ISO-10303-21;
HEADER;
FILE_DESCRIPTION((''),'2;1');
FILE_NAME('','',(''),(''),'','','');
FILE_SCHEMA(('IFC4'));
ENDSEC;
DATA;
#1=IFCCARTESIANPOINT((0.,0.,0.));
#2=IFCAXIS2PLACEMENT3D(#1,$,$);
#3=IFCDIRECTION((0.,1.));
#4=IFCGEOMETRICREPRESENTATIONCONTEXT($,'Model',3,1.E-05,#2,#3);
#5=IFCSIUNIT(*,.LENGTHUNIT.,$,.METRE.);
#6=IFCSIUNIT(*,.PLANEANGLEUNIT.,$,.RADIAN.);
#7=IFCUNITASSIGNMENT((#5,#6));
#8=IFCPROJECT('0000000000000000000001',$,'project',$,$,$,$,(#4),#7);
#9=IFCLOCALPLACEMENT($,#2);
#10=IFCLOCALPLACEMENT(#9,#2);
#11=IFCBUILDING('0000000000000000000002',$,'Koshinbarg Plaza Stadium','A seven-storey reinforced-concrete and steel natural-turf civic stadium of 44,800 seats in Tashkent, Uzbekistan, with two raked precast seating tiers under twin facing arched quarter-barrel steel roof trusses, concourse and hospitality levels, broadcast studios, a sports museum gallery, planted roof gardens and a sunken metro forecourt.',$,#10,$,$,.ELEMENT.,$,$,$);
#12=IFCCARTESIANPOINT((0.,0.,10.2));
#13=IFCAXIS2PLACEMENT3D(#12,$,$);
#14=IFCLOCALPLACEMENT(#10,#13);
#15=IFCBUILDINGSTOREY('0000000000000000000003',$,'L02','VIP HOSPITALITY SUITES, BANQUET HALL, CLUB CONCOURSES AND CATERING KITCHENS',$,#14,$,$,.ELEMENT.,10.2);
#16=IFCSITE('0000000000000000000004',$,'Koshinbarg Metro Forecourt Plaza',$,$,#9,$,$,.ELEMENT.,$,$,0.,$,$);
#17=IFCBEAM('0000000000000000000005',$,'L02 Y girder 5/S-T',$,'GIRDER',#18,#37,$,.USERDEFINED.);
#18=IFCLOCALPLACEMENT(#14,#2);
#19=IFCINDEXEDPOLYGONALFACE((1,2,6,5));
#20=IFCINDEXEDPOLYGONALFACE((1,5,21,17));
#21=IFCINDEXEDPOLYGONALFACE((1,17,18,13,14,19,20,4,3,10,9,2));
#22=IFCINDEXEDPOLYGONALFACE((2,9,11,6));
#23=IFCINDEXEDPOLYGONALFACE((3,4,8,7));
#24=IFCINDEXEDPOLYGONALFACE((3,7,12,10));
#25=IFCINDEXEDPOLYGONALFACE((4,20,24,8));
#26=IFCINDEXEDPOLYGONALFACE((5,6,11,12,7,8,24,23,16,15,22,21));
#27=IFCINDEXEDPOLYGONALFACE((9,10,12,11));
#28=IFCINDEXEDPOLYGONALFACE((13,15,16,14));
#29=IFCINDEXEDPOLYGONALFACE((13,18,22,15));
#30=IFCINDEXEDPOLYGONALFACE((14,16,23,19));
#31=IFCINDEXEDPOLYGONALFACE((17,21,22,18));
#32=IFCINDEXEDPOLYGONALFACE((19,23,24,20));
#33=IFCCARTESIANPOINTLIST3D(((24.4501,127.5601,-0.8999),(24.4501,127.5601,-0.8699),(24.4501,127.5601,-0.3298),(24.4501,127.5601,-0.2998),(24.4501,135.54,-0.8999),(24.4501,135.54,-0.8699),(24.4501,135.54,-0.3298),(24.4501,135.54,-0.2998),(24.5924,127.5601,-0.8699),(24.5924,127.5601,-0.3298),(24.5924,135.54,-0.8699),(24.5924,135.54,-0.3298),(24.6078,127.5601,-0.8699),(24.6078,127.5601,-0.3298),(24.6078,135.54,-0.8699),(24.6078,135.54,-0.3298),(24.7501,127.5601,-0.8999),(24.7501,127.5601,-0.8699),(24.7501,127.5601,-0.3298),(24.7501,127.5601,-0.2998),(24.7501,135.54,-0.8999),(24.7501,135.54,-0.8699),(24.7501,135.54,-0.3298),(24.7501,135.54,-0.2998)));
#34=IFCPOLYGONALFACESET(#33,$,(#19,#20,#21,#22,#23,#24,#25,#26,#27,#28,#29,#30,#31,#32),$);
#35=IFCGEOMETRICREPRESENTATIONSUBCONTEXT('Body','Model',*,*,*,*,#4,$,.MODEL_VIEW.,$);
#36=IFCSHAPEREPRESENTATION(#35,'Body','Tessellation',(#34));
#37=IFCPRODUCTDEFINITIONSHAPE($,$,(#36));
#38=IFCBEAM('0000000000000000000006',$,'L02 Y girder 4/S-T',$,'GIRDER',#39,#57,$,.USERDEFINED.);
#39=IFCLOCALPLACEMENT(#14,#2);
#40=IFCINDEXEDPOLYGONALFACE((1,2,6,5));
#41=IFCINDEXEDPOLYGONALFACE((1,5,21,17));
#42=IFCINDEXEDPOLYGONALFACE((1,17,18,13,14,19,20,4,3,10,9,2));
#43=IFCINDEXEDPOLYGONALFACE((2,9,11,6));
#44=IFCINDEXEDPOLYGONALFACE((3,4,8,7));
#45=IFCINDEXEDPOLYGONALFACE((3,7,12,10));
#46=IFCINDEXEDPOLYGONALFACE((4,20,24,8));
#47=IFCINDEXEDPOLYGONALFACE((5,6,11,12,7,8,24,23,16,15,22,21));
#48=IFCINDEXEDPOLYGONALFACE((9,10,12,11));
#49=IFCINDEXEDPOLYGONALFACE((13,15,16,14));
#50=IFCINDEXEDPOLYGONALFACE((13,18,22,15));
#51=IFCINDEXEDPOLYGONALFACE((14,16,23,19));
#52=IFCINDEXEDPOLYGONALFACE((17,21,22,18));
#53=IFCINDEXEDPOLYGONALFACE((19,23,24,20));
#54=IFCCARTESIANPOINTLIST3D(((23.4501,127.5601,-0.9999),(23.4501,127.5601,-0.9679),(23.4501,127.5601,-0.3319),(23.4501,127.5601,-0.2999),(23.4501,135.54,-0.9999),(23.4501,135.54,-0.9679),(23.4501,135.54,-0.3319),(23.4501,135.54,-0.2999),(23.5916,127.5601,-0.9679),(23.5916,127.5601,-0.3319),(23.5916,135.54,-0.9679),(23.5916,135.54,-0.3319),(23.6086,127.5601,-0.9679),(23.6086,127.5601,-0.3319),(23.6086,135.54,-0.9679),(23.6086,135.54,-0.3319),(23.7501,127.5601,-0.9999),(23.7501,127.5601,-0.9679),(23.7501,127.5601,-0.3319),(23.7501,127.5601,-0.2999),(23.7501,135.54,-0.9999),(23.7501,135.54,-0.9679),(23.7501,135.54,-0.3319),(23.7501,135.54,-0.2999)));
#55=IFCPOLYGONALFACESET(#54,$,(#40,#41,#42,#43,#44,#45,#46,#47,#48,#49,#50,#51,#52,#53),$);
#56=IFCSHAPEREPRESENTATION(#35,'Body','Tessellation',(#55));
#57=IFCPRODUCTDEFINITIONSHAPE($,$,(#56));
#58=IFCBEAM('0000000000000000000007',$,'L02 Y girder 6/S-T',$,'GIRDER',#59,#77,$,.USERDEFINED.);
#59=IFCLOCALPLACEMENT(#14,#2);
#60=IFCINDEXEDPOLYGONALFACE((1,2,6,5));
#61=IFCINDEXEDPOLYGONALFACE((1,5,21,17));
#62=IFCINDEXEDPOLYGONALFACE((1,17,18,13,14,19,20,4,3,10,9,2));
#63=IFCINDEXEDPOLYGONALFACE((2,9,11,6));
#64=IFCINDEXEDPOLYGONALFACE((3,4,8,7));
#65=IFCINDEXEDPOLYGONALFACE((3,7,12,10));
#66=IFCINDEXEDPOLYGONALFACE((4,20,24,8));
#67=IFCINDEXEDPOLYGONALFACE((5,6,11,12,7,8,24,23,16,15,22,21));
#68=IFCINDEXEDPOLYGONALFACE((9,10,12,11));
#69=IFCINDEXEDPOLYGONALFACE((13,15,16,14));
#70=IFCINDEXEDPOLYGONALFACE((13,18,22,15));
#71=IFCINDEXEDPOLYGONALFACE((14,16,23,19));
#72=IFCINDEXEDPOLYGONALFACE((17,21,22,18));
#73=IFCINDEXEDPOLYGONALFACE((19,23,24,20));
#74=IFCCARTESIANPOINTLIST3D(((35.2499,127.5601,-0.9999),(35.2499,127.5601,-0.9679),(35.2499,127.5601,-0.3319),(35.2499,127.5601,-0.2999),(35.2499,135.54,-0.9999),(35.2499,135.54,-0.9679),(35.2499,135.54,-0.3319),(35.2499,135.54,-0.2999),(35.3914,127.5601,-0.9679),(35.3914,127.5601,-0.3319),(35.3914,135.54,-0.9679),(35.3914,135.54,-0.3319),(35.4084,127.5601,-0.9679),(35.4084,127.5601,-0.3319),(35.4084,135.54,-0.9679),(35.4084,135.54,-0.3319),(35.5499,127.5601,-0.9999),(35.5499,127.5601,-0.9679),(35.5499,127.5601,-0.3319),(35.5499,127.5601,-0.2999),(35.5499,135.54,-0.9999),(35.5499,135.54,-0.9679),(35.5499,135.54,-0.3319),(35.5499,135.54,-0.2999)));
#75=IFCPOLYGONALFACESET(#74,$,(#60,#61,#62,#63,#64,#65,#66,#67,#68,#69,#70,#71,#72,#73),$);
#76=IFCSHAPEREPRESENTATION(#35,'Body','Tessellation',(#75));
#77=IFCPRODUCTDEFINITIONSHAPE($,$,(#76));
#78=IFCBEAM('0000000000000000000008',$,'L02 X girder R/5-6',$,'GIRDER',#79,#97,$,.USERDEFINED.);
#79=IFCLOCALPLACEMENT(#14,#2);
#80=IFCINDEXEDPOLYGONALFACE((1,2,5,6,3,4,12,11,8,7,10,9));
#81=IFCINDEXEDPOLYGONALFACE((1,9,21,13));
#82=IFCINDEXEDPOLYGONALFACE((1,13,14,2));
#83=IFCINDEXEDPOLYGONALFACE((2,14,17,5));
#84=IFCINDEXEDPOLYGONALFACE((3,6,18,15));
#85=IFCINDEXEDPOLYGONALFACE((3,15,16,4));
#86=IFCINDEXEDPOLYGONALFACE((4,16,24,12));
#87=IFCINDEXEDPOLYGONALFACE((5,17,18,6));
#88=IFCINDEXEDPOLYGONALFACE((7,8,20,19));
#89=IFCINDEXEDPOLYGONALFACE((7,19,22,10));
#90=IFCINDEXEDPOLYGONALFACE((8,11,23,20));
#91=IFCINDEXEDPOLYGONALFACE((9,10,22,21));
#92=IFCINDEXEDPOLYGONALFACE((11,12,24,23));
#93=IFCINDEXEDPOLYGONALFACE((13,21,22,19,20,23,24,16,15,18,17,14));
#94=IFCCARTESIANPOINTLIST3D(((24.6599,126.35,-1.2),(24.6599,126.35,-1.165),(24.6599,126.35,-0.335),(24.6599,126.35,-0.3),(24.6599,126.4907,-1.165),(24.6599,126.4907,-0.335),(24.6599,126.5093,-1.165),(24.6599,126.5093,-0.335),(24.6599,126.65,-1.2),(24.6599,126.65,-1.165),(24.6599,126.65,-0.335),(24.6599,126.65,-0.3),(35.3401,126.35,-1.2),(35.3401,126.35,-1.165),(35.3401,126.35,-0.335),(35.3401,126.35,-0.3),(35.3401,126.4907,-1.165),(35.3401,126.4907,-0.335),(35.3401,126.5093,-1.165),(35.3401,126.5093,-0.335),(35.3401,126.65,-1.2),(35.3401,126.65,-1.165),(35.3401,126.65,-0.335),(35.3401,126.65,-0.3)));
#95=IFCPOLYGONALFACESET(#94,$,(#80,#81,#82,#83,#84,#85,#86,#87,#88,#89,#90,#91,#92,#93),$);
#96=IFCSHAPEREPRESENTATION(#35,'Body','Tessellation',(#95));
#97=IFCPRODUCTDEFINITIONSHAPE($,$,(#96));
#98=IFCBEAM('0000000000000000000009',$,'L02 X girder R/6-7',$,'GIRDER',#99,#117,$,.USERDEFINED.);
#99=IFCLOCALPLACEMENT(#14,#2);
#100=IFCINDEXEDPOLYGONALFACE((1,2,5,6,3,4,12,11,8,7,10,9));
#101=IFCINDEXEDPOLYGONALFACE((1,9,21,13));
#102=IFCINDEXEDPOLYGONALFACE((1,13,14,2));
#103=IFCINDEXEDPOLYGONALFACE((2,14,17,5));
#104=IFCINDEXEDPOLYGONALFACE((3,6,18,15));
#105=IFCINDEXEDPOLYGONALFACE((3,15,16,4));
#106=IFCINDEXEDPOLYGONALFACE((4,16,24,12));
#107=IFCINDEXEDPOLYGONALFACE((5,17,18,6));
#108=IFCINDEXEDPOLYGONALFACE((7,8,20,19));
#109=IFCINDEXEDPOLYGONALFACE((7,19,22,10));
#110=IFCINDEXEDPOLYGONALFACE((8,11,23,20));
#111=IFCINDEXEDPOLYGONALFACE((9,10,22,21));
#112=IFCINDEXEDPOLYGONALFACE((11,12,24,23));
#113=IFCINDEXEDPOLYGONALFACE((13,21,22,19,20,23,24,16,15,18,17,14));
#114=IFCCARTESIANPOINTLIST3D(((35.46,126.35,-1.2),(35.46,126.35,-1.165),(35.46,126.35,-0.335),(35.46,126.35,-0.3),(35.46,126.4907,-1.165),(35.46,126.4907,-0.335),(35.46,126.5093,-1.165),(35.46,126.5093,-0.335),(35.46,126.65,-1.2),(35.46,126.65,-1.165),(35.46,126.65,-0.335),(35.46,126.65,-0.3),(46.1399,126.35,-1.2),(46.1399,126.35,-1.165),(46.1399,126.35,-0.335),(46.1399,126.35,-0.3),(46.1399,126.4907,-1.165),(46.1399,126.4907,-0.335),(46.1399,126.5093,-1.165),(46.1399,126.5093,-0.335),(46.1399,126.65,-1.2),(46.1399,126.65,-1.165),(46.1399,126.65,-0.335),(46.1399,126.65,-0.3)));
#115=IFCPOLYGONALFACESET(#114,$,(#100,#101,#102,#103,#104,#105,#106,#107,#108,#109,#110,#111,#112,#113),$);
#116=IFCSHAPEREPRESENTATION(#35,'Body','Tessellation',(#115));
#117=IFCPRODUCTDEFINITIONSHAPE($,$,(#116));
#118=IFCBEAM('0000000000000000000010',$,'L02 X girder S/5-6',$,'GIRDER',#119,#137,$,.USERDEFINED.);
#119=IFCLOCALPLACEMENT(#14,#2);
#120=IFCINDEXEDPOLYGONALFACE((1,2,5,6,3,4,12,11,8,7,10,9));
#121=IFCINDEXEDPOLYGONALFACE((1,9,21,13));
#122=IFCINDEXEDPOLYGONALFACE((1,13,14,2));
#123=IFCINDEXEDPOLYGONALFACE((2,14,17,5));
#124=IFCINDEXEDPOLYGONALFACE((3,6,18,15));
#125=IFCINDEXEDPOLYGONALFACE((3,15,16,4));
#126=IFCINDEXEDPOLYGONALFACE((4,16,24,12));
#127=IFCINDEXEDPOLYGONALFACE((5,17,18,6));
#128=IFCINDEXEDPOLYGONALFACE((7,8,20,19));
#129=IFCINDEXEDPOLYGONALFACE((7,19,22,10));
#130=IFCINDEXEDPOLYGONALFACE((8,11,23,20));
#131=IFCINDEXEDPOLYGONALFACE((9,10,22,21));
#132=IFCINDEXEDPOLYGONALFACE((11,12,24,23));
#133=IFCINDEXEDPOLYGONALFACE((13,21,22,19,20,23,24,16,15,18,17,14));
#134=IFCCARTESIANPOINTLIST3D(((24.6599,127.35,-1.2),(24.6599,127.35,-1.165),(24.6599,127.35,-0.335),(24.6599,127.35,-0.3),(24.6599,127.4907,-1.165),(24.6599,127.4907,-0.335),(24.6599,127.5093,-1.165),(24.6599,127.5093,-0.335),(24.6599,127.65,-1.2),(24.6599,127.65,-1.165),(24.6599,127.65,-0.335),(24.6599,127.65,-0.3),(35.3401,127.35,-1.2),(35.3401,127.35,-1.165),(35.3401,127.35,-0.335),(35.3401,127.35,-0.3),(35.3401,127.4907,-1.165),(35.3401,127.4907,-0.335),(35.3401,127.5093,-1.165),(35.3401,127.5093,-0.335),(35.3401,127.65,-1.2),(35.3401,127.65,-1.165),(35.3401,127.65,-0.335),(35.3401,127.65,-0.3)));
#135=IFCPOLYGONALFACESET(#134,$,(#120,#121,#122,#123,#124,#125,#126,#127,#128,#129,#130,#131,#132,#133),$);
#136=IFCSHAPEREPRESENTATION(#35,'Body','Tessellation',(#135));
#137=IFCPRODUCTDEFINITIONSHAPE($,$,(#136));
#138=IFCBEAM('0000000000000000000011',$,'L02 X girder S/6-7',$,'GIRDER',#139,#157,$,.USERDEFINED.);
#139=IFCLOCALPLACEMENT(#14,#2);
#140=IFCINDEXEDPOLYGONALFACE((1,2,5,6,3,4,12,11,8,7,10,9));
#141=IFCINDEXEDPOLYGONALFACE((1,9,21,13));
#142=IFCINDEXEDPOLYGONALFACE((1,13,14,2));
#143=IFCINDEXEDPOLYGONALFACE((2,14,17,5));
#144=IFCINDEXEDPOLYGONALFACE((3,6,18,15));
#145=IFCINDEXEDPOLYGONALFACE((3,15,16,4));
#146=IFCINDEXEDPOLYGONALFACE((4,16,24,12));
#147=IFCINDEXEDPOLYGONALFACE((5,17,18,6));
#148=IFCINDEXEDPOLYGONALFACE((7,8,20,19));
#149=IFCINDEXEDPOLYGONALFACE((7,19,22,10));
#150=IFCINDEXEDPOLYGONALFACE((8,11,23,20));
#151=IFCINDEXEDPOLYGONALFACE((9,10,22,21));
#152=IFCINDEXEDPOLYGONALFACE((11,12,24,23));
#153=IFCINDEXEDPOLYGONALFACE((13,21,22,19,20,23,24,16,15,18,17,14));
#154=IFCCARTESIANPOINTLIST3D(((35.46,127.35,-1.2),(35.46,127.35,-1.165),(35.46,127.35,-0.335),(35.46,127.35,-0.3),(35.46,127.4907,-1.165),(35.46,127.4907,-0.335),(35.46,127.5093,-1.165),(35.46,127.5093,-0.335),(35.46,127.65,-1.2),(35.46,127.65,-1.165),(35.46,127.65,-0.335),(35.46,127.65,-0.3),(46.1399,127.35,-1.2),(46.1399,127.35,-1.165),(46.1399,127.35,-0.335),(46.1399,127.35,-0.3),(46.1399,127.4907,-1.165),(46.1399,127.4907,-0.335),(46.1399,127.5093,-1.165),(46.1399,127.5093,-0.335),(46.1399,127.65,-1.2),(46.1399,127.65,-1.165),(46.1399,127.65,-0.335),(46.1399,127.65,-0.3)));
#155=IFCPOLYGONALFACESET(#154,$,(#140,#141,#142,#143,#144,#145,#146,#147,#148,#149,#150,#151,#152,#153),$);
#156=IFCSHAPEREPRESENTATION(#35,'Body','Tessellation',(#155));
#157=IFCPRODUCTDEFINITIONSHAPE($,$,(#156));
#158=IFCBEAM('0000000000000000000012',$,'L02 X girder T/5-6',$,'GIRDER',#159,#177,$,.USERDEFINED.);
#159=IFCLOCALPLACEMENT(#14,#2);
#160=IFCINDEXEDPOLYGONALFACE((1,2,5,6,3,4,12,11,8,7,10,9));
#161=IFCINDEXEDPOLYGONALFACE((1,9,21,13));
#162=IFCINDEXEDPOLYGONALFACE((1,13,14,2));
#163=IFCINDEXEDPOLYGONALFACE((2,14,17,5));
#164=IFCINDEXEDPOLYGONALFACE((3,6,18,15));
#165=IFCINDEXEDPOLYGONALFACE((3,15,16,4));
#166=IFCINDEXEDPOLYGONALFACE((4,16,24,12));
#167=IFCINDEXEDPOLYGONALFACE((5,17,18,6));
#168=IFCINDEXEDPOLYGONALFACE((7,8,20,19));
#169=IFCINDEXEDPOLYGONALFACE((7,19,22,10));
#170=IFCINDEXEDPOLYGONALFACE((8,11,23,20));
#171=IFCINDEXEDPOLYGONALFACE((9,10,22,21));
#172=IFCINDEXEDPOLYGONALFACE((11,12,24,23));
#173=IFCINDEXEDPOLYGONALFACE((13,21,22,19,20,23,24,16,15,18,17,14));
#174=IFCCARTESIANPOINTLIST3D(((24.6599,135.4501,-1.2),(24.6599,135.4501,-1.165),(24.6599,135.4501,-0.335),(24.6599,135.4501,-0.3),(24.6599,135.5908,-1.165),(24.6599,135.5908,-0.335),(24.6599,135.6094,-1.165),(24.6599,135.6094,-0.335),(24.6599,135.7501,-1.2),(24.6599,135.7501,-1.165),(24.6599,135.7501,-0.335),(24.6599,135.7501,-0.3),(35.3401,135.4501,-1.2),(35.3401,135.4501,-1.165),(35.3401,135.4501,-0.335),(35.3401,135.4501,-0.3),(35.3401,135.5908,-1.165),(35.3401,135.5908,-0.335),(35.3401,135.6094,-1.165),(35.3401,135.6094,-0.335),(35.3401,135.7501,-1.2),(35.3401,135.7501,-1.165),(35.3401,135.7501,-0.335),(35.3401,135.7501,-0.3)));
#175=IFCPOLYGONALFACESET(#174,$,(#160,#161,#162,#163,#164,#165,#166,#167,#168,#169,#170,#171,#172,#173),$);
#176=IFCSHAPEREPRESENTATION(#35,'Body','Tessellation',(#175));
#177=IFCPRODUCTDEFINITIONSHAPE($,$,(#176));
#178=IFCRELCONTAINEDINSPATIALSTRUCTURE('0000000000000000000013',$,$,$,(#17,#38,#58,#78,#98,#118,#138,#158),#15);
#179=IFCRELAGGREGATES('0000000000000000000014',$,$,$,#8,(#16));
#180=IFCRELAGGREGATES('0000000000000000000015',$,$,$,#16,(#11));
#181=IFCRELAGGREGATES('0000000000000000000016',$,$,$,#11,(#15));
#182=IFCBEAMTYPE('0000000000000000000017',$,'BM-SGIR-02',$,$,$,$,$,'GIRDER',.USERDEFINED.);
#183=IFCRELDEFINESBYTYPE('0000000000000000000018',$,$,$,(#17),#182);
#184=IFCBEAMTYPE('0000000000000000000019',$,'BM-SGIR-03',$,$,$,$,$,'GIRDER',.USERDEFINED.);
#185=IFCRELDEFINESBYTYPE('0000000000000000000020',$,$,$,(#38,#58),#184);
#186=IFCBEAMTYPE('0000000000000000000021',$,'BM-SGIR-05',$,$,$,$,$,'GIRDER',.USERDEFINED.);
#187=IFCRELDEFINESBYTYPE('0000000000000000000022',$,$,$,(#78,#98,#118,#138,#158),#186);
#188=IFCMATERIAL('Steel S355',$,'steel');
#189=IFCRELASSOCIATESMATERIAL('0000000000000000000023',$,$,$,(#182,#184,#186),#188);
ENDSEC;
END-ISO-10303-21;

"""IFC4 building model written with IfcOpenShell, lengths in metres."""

from ifc_helpers import new_model, si_unit, direction, frame, origin, origin_2d, place, context, subcontext, project, spatial, i_section, extrude, material, material_profile, profile_set, type_object, element, save


model = new_model("IFC4")

# Units and contexts
model_context = context("Model", 3, precision=1e-05, world=origin(), true_north=direction((0.0, 1.0)))
body_context = subcontext(model_context, "Body", "Model", "MODEL_VIEW")
ifc_project = project(units=[si_unit("LENGTHUNIT", "METRE"), si_unit("PLANEANGLEUNIT", "RADIAN")], contexts=[model_context])

# Site, building, storey
site_placement = place(None, origin())
site = spatial("IfcSite", under=ifc_project, at=site_placement, Name="Koshinbarg Metro Forecourt Plaza", CompositionType="ELEMENT", RefElevation=0.0)
building_placement = place(site_placement, origin())
building = spatial("IfcBuilding", under=site, at=building_placement, Name="Koshinbarg Plaza Stadium", Description="A seven-storey reinforced-concrete and steel natural-turf civic stadium of 44,800 seats in Tashkent, Uzbekistan, with two raked precast seating tiers under twin facing arched quarter-barrel steel roof trusses, concourse and hospitality levels, broadcast studios, a sports museum gallery, planted roof gardens and a sunken metro forecourt.", CompositionType="ELEMENT")
storey_placement = place(building_placement, frame((0.0, 0.0, 10.2)))
storey = spatial("IfcBuildingStorey", under=building, at=storey_placement, Name="L02", Description="VIP HOSPITALITY SUITES, BANQUET HALL, CLUB CONCOURSES AND CATERING KITCHENS", CompositionType="ELEMENT", Elevation=10.2)

# Shared definitions
ifc_material_1 = material(Name="Steel S355", Category="steel")

# Beams
ifc_material_profile_1 = material_profile(ifc_material_1, i_section(OverallWidth=0.3, OverallDepth=0.6001, WebThickness=0.0154, FlangeThickness=0.03, at=origin_2d()), Name="HEB 600")
ifc_profile_set_1 = profile_set([ifc_material_profile_1], Name="Steel S355")
beam_type_1 = type_object("IfcBeamType", Name="BM-SGIR-02", ElementType="GIRDER", PredefinedType="USERDEFINED", material=ifc_profile_set_1)
beam_1_placement = place(storey_placement, frame((24.6001, 127.5601, -0.5999), z_axis=(0.0, 1.0, 0.0), x_axis=(-1.0, 0.0, 0.0)))
element("IfcBeam", 1, at=beam_1_placement, inside=storey, type_object=beam_type_1, Name="L02 Y girder 5/S-T", ObjectType="GIRDER", PredefinedType="USERDEFINED", context=body_context, shape_type="SweptSolid", body=[
    extrude(i_section(OverallWidth=0.3, OverallDepth=0.6001, WebThickness=0.0154, FlangeThickness=0.03, at=origin_2d()), origin(), (0.0, 0.0, 1.0), 7.98),
])
ifc_material_profile_2 = material_profile(ifc_material_1, i_section(OverallWidth=0.3, OverallDepth=0.7, WebThickness=0.0171, FlangeThickness=0.032, at=origin_2d()), Name="HEB 700")
ifc_profile_set_2 = profile_set([ifc_material_profile_2], Name="Steel S355")
beam_type_2 = type_object("IfcBeamType", Name="BM-SGIR-03", ElementType="GIRDER", PredefinedType="USERDEFINED", material=ifc_profile_set_2)
for number, where, z_axis, x_axis, name in (
    (2, (23.6001, 127.5601, -0.6499), (0.0, 1.0, 0.0), (-1.0, 0.0, 0.0), "L02 Y girder 4/S-T"),
    (3, (35.3999, 127.5601, -0.6499), (0.0, 1.0, 0.0), (-1.0, 0.0, 0.0), "L02 Y girder 6/S-T"),
):
    element("IfcBeam", number, at=place(storey_placement, frame(where, z_axis=z_axis, x_axis=x_axis)), inside=storey, type_object=beam_type_2, Name=name, ObjectType="GIRDER", PredefinedType="USERDEFINED", context=body_context, shape_type="SweptSolid", body=[
        extrude(i_section(OverallWidth=0.3, OverallDepth=0.7, WebThickness=0.0171, FlangeThickness=0.032, at=origin_2d()), origin(), (0.0, 0.0, 1.0), 7.98),
    ])
ifc_material_profile_3 = material_profile(ifc_material_1, i_section(OverallWidth=0.3, OverallDepth=0.8999, WebThickness=0.0186, FlangeThickness=0.0349, at=origin_2d()), Name="HEB 900")
ifc_profile_set_3 = profile_set([ifc_material_profile_3], Name="Steel S355")
beam_type_3 = type_object("IfcBeamType", Name="BM-SGIR-05", ElementType="GIRDER", PredefinedType="USERDEFINED", material=ifc_profile_set_3)
beam_2_placement = place(storey_placement, frame((24.6599, 126.5, -0.75), z_axis=(1.0, 0.0, 0.0), x_axis=(0.0, 1.0, 0.0)))
element("IfcBeam", 4, at=beam_2_placement, inside=storey, type_object=beam_type_3, Name="L02 X girder R/5-6", ObjectType="GIRDER", PredefinedType="USERDEFINED", context=body_context, shape_type="SweptSolid", body=[
    extrude(i_section(OverallWidth=0.3, OverallDepth=0.8999, WebThickness=0.0186, FlangeThickness=0.0349, at=origin_2d()), origin(), (0.0, 0.0, 1.0), 10.6802),
])
beam_3_placement = place(storey_placement, frame((35.46, 126.5, -0.75), z_axis=(1.0, 0.0, 0.0), x_axis=(0.0, 1.0, 0.0)))
element("IfcBeam", 5, at=beam_3_placement, inside=storey, type_object=beam_type_3, Name="L02 X girder R/6-7", ObjectType="GIRDER", PredefinedType="USERDEFINED", context=body_context, shape_type="SweptSolid", body=[
    extrude(i_section(OverallWidth=0.3, OverallDepth=0.8999, WebThickness=0.0186, FlangeThickness=0.0349, at=origin_2d()), origin(), (0.0, 0.0, 1.0), 10.6799),
])
beam_4_placement = place(storey_placement, frame((24.6599, 127.5, -0.75), z_axis=(1.0, 0.0, 0.0), x_axis=(0.0, 1.0, 0.0)))
element("IfcBeam", 6, at=beam_4_placement, inside=storey, type_object=beam_type_3, Name="L02 X girder S/5-6", ObjectType="GIRDER", PredefinedType="USERDEFINED", context=body_context, shape_type="SweptSolid", body=[
    extrude(i_section(OverallWidth=0.3, OverallDepth=0.8999, WebThickness=0.0186, FlangeThickness=0.0349, at=origin_2d()), origin(), (0.0, 0.0, 1.0), 10.6802),
])
beam_5_placement = place(storey_placement, frame((35.46, 127.5, -0.75), z_axis=(1.0, 0.0, 0.0), x_axis=(0.0, 1.0, 0.0)))
element("IfcBeam", 7, at=beam_5_placement, inside=storey, type_object=beam_type_3, Name="L02 X girder S/6-7", ObjectType="GIRDER", PredefinedType="USERDEFINED", context=body_context, shape_type="SweptSolid", body=[
    extrude(i_section(OverallWidth=0.3, OverallDepth=0.8999, WebThickness=0.0186, FlangeThickness=0.0349, at=origin_2d()), origin(), (0.0, 0.0, 1.0), 10.6799),
])
beam_6_placement = place(storey_placement, frame((24.6599, 135.6001, -0.75), z_axis=(1.0, 0.0, 0.0), x_axis=(0.0, 1.0, 0.0)))
element("IfcBeam", 8, at=beam_6_placement, inside=storey, type_object=beam_type_3, Name="L02 X girder T/5-6", ObjectType="GIRDER", PredefinedType="USERDEFINED", context=body_context, shape_type="SweptSolid", body=[
    extrude(i_section(OverallWidth=0.3, OverallDepth=0.8999, WebThickness=0.0186, FlangeThickness=0.0349, at=origin_2d()), origin(), (0.0, 0.0, 1.0), 10.6802),
])

save(model, "model.ifc")
